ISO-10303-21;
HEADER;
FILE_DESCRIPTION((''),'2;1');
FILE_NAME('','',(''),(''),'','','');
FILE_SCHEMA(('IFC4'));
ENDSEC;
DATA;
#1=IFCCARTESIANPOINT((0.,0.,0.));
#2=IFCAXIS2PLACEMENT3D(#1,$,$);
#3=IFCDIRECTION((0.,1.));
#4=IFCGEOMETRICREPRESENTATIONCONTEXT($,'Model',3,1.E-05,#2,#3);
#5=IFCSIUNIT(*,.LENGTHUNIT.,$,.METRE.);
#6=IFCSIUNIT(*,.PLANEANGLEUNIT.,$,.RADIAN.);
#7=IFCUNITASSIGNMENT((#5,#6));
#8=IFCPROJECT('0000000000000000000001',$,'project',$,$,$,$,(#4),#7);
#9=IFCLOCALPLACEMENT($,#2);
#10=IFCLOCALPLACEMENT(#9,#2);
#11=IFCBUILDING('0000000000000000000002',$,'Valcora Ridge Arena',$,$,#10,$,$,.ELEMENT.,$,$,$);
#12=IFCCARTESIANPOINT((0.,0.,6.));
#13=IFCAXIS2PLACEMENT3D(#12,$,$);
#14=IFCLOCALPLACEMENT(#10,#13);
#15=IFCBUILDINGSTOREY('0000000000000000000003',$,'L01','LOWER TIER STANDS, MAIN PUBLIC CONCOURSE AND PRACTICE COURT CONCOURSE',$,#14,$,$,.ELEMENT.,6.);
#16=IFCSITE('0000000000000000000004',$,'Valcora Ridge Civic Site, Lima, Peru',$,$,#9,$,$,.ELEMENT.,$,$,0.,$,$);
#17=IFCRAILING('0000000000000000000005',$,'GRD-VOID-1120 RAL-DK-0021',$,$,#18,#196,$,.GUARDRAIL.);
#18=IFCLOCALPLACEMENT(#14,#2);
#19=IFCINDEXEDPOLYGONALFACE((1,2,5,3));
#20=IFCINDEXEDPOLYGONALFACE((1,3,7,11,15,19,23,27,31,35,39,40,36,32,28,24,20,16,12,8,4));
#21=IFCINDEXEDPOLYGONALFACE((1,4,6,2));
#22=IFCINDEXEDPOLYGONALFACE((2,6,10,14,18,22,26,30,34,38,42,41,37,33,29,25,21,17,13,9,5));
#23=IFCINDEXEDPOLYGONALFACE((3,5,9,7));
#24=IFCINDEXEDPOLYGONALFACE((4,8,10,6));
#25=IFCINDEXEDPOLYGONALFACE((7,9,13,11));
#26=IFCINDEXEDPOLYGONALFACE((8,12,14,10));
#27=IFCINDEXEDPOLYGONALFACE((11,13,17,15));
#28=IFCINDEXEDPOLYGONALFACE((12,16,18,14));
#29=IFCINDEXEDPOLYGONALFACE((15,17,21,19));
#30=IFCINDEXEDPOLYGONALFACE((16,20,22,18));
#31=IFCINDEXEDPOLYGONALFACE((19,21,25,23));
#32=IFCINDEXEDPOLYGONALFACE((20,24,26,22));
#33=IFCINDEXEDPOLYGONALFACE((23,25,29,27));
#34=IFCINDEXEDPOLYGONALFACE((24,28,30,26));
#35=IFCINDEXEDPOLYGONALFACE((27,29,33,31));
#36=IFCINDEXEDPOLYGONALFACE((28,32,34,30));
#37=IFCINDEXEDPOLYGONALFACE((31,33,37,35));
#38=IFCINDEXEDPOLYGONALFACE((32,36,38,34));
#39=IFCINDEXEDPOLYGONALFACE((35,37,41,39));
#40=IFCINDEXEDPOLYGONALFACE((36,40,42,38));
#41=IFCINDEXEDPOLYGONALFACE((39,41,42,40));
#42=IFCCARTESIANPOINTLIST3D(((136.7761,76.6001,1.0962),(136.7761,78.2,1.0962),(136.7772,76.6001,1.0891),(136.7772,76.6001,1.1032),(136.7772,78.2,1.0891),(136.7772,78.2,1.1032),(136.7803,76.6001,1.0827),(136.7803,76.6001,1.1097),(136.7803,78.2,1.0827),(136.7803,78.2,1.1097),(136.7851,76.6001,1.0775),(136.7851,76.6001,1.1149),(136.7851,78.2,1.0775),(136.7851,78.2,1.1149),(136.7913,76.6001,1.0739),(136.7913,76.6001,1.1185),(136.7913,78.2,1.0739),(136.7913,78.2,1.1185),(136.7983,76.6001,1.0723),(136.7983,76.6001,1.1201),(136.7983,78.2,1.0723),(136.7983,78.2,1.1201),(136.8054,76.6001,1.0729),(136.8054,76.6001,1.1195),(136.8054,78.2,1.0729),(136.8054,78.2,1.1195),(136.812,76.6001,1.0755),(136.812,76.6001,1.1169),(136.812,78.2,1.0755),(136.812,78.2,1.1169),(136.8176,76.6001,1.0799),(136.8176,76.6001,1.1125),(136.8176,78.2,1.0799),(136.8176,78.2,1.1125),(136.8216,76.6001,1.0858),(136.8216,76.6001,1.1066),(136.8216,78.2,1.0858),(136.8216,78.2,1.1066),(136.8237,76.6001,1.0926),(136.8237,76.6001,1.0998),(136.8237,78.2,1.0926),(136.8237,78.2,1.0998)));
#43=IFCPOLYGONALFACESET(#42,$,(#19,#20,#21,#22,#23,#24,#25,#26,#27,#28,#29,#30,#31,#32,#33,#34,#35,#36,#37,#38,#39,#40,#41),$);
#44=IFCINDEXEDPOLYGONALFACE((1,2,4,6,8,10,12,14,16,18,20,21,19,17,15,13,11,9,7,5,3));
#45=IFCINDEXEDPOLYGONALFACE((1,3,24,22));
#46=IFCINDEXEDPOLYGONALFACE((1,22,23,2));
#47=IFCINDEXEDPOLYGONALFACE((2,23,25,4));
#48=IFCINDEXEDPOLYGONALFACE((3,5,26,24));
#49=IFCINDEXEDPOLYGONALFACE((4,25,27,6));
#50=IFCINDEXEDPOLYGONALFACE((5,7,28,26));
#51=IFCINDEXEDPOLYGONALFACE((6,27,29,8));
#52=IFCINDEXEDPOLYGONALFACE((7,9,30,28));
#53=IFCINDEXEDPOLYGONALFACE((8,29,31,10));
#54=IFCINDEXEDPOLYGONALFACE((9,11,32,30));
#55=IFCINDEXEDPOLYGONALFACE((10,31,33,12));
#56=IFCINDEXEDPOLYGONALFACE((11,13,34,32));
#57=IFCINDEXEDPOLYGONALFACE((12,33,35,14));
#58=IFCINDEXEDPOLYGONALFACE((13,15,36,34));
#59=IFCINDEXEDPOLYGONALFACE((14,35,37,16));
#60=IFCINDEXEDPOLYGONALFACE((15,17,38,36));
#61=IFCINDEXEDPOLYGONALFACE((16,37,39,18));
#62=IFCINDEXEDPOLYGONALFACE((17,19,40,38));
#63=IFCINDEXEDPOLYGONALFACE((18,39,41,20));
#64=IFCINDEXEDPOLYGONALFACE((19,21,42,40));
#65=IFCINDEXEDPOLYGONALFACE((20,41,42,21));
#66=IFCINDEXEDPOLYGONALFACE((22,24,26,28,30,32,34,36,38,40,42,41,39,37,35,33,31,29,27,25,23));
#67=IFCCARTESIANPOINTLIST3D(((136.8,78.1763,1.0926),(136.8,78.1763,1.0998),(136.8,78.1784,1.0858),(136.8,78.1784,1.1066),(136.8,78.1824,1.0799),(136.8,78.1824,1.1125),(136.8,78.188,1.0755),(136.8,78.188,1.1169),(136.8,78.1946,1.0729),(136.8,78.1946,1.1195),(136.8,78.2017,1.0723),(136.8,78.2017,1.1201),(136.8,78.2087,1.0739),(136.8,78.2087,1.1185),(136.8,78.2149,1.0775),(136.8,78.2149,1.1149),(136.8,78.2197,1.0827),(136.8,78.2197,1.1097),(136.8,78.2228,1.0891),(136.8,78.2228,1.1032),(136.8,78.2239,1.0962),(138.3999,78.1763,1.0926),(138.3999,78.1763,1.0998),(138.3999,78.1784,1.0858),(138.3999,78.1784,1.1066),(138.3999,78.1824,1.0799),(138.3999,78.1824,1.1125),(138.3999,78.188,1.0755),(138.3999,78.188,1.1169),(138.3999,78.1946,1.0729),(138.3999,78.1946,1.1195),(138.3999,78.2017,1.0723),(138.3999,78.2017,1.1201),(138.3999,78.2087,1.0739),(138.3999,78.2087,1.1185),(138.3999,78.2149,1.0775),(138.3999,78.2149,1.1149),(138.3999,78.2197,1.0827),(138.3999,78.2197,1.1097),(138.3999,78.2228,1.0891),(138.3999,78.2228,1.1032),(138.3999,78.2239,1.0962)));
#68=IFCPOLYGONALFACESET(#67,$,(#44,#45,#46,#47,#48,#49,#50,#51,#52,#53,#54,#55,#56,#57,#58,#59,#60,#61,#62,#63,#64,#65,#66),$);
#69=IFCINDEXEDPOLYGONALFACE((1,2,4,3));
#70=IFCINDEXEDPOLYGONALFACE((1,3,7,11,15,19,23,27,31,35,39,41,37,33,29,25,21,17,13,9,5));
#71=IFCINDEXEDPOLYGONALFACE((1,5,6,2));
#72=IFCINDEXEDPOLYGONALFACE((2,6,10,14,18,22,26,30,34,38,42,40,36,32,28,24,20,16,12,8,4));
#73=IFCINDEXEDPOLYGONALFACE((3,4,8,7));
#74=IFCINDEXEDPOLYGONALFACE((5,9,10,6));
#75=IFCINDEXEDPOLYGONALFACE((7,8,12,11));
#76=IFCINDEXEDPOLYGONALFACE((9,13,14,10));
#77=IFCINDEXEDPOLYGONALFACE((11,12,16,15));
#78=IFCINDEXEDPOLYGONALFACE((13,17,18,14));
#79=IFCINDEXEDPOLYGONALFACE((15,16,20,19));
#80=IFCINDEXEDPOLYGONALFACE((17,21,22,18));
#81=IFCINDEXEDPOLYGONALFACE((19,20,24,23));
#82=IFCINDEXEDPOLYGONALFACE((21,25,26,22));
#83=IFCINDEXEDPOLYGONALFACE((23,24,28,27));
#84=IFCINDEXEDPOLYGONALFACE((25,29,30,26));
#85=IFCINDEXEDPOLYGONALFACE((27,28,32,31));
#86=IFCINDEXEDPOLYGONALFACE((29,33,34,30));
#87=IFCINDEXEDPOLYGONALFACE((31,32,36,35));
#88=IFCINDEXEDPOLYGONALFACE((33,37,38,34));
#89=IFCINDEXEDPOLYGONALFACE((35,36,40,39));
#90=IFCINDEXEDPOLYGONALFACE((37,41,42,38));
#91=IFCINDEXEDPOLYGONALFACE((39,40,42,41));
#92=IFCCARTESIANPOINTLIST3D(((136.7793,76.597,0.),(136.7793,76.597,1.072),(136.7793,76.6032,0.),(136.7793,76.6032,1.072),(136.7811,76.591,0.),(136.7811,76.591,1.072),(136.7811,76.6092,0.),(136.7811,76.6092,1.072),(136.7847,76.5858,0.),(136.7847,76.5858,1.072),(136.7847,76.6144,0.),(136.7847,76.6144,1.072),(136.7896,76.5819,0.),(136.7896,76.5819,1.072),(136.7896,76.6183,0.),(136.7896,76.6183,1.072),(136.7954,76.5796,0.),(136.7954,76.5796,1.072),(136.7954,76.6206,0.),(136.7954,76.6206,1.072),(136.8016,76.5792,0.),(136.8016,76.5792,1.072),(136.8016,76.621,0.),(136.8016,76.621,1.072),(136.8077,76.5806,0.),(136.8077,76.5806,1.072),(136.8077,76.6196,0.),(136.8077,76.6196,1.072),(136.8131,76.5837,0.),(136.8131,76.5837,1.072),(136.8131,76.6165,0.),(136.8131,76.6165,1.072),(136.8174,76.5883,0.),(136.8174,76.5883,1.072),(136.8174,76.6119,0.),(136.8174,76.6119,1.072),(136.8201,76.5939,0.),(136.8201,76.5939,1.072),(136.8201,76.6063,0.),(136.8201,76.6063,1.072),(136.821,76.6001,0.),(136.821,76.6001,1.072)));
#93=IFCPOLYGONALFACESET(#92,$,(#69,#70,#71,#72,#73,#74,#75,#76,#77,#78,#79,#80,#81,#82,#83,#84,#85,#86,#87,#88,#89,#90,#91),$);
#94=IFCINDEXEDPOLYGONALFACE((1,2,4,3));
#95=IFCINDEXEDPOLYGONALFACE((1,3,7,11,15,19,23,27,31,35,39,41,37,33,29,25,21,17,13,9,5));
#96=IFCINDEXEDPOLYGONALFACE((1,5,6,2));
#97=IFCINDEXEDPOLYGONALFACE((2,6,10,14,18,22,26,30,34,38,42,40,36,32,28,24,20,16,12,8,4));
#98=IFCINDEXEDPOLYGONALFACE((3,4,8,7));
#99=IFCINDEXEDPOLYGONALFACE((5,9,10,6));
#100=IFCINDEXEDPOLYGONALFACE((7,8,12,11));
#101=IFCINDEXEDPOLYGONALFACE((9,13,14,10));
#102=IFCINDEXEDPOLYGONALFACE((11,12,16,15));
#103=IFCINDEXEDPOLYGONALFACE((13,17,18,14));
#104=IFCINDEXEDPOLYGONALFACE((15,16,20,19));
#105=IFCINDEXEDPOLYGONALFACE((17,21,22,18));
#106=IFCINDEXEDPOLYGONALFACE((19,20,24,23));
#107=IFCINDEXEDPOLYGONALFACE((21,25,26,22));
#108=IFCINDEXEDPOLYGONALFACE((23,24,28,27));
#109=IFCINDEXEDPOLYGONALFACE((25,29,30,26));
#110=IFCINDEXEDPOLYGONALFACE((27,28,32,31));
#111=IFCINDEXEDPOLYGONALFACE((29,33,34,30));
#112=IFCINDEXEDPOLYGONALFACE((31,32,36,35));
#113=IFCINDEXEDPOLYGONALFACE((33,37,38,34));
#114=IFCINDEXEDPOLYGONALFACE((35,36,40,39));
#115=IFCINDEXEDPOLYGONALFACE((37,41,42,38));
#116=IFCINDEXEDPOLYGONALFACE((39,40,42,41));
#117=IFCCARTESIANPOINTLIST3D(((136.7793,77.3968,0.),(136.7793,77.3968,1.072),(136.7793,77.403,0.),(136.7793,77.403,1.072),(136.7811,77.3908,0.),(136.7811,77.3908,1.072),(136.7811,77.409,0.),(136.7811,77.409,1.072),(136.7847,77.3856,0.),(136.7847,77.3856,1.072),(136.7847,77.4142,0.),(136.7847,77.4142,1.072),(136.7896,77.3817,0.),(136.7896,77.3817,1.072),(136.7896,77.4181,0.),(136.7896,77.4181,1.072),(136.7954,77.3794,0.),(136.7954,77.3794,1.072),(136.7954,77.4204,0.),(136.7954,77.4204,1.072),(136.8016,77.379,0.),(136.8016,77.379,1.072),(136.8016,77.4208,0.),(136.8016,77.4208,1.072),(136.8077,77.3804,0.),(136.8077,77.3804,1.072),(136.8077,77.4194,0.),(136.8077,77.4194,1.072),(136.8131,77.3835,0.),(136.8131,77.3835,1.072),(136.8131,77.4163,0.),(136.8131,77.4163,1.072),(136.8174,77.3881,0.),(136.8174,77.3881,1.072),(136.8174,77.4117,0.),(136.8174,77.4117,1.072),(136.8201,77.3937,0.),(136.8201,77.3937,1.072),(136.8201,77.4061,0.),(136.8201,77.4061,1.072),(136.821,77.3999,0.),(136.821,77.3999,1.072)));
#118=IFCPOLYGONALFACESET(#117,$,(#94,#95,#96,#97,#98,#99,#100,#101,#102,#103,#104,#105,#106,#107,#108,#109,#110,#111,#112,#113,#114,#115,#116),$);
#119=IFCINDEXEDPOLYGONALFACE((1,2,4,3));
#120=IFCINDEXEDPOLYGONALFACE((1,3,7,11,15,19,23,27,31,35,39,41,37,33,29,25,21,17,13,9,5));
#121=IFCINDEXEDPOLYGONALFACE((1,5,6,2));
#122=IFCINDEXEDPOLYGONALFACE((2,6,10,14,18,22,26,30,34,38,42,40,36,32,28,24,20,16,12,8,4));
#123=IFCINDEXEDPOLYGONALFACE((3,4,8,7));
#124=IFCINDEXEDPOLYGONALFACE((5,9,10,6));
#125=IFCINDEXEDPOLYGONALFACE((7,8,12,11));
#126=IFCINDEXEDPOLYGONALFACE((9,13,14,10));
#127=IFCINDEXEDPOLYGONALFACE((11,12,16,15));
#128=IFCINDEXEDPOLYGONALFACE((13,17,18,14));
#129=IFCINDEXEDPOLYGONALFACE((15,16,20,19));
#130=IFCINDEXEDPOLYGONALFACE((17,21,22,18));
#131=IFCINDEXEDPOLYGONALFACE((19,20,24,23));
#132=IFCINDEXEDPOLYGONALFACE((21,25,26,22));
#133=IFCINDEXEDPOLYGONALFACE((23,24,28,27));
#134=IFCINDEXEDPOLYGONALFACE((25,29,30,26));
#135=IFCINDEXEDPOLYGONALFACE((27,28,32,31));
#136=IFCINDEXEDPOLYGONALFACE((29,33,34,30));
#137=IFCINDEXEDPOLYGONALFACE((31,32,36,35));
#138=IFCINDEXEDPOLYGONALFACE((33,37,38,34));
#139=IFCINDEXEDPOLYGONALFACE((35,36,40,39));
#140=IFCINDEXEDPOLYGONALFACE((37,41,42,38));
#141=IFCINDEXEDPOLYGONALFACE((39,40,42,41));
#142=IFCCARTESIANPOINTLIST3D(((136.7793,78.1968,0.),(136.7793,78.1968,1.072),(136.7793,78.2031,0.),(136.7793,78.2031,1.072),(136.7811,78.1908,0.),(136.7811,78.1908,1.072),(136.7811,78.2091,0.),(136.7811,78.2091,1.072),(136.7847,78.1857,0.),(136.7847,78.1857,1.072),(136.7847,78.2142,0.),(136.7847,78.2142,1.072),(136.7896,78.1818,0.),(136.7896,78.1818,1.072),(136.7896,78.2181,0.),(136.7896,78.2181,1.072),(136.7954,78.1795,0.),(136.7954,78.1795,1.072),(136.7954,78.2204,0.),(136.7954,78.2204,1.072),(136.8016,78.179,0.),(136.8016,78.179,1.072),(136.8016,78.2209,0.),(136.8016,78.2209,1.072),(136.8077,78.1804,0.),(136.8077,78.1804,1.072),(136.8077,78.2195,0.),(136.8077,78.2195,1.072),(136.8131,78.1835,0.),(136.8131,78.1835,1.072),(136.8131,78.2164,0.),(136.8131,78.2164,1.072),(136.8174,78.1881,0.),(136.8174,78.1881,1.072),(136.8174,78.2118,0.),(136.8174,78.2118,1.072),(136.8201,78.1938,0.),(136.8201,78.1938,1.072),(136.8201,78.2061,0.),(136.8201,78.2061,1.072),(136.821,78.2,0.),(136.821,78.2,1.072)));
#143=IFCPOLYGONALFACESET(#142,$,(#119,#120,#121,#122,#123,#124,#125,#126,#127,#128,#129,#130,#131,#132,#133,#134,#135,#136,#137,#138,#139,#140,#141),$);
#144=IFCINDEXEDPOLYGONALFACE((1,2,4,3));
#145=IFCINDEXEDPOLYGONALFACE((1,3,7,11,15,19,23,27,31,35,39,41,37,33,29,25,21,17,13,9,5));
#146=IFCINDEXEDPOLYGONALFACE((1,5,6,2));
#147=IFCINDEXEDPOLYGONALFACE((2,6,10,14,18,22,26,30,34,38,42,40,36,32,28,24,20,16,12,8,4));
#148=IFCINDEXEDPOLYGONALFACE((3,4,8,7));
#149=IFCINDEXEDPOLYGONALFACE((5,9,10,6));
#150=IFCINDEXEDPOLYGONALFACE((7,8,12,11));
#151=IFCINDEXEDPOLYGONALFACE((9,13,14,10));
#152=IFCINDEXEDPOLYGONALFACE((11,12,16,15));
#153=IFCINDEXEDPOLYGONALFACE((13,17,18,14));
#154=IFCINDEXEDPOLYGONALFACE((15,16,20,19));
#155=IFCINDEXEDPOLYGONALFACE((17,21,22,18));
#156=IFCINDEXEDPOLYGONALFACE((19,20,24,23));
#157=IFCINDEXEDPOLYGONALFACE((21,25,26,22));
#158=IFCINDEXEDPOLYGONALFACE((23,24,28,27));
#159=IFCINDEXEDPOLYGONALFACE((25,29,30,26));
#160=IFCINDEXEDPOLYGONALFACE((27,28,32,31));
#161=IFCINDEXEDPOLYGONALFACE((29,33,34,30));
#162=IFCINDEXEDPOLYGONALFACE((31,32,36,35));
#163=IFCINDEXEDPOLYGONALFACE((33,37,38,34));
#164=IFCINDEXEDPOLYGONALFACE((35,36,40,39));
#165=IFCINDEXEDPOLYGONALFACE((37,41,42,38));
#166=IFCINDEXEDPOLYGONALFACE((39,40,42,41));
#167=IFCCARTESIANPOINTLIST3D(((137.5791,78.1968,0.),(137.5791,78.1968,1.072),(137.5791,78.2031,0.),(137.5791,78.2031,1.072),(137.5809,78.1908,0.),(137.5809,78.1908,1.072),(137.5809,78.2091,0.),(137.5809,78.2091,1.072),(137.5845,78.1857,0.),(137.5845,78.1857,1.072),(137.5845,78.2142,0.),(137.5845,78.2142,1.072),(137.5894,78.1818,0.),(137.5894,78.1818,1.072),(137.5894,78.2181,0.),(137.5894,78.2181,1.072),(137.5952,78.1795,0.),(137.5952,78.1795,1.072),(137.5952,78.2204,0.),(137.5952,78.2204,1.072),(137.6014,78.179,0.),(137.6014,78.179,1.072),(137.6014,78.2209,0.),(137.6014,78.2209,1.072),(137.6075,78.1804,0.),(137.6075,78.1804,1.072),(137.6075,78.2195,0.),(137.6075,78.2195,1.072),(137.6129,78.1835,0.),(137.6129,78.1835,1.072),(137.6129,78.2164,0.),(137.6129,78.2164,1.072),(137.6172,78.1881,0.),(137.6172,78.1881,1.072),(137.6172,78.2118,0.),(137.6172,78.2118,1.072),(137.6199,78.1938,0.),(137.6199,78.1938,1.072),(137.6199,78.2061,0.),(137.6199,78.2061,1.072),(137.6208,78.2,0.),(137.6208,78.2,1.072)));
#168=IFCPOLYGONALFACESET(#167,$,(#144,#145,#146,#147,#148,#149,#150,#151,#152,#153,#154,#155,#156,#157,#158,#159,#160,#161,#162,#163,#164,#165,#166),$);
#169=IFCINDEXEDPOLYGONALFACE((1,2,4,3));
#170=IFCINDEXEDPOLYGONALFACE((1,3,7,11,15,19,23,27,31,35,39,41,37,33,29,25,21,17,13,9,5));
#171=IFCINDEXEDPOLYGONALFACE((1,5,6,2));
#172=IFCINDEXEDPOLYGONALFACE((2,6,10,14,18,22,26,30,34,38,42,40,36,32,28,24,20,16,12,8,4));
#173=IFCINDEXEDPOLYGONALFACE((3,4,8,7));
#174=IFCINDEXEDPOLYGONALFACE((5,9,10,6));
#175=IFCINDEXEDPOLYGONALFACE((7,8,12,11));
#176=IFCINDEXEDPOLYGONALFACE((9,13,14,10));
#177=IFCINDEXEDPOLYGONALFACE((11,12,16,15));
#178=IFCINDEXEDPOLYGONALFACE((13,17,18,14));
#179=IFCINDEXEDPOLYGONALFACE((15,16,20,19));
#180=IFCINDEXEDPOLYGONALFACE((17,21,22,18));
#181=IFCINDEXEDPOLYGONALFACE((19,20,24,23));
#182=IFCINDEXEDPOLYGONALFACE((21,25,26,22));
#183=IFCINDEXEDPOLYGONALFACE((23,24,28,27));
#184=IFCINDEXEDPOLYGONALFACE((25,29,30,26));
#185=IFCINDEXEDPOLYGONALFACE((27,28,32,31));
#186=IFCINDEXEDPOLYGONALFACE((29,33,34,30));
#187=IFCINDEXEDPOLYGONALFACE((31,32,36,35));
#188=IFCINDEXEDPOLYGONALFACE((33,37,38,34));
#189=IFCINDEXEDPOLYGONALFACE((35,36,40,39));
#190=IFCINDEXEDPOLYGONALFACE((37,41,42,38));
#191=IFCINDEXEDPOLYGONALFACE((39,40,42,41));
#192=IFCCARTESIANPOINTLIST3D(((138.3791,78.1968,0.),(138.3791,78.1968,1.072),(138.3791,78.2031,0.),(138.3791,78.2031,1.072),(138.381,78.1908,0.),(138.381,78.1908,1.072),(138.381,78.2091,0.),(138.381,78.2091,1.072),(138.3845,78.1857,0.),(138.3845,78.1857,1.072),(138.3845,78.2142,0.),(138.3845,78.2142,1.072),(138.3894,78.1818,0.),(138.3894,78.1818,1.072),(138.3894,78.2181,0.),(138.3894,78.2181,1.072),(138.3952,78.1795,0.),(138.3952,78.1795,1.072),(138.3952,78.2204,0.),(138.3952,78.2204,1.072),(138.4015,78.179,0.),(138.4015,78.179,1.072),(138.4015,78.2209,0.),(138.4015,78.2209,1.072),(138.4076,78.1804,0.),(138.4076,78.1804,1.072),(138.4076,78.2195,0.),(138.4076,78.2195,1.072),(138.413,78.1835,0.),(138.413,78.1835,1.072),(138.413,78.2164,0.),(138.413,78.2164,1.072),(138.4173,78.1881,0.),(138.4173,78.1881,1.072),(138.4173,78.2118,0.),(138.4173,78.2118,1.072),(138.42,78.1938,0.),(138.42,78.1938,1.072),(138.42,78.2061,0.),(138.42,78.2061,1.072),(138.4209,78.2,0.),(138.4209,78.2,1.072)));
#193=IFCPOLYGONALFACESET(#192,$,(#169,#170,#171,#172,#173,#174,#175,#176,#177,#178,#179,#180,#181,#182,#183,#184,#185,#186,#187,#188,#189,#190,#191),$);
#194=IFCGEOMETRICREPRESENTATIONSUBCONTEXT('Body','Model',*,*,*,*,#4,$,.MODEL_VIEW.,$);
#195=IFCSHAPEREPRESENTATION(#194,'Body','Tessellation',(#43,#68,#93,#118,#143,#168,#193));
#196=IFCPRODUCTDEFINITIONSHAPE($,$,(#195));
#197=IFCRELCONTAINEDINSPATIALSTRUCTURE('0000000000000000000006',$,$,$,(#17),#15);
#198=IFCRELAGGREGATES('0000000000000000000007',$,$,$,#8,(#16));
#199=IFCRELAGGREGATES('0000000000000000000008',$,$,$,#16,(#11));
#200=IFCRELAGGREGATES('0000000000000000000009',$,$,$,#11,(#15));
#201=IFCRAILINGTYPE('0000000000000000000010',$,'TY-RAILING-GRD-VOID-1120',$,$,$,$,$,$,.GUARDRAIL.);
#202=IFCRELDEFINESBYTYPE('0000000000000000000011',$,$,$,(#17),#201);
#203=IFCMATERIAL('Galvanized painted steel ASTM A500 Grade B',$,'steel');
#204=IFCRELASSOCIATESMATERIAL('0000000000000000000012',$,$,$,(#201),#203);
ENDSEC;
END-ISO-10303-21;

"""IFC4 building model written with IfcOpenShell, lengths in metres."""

from ifc_helpers import new_model, si_unit, direction, frame, origin, origin_2d, place, context, subcontext, project, spatial, circle, extrude, material, type_object, element, save


model = new_model("IFC4")

# Units and contexts
model_context = context("Model", 3, precision=1e-05, world=origin(), true_north=direction((0.0, 1.0)))
body_context = subcontext(model_context, "Body", "Model", "MODEL_VIEW")
ifc_project = project(units=[si_unit("LENGTHUNIT", "METRE"), si_unit("PLANEANGLEUNIT", "RADIAN")], contexts=[model_context])

# Site, building, storey
site_placement = place(None, origin())
site = spatial("IfcSite", under=ifc_project, at=site_placement, Name="Valcora Ridge Civic Site, Lima, Peru", CompositionType="ELEMENT", RefElevation=0.0)
building_placement = place(site_placement, origin())
building = spatial("IfcBuilding", under=site, at=building_placement, Name="Valcora Ridge Arena", CompositionType="ELEMENT")
storey_placement = place(building_placement, frame((0.0, 0.0, 6.0)))
storey = spatial("IfcBuildingStorey", under=building, at=storey_placement, Name="L01", Description="LOWER TIER STANDS, MAIN PUBLIC CONCOURSE AND PRACTICE COURT CONCOURSE", CompositionType="ELEMENT", Elevation=6.0)

# Railing
ifc_material_1 = material(Name="Galvanized painted steel ASTM A500 Grade B", Category="steel")
railing_type = type_object("IfcRailingType", Name="TY-RAILING-GRD-VOID-1120", PredefinedType="GUARDRAIL", material=ifc_material_1)
railing_placement = place(storey_placement, frame((136.8, 76.6001, 0.0)))
element("IfcRailing", 1, at=railing_placement, inside=storey, type_object=railing_type, Name="GRD-VOID-1120 RAL-DK-0021", PredefinedType="GUARDRAIL", context=body_context, shape_type="SweptSolid", body=[
    extrude(circle(Radius=0.0239, at=origin_2d()), frame((0.0, 0.0, 1.0962), z_axis=(0.0, 1.0, 0.0), x_axis=(-1.0, 0.0, 0.0)), (0.0, 0.0, 1.0), 1.5999),
    extrude(circle(Radius=0.0239, at=origin_2d()), frame((0.0, 1.5999, 1.0962), z_axis=(1.0, 0.0, 0.0), x_axis=(0.0, 1.0, 0.0)), (0.0, 0.0, 1.0), 1.5999),
    extrude(circle(Radius=0.021, at=origin_2d()), origin(), (0.0, 0.0, 1.0), 1.072),
    extrude(circle(Radius=0.021, at=origin_2d()), frame((0.0, 0.7998, 0.0)), (0.0, 0.0, 1.0), 1.072),
    extrude(circle(Radius=0.021, at=origin_2d()), frame((0.0, 1.5999, 0.0)), (0.0, 0.0, 1.0), 1.072),
    extrude(circle(Radius=0.021, at=origin_2d()), frame((0.7998, 1.5999, 0.0)), (0.0, 0.0, 1.0), 1.072),
    extrude(circle(Radius=0.021, at=origin_2d()), frame((1.5999, 1.5999, 0.0)), (0.0, 0.0, 1.0), 1.072),
])

save(model, "model.ifc")
